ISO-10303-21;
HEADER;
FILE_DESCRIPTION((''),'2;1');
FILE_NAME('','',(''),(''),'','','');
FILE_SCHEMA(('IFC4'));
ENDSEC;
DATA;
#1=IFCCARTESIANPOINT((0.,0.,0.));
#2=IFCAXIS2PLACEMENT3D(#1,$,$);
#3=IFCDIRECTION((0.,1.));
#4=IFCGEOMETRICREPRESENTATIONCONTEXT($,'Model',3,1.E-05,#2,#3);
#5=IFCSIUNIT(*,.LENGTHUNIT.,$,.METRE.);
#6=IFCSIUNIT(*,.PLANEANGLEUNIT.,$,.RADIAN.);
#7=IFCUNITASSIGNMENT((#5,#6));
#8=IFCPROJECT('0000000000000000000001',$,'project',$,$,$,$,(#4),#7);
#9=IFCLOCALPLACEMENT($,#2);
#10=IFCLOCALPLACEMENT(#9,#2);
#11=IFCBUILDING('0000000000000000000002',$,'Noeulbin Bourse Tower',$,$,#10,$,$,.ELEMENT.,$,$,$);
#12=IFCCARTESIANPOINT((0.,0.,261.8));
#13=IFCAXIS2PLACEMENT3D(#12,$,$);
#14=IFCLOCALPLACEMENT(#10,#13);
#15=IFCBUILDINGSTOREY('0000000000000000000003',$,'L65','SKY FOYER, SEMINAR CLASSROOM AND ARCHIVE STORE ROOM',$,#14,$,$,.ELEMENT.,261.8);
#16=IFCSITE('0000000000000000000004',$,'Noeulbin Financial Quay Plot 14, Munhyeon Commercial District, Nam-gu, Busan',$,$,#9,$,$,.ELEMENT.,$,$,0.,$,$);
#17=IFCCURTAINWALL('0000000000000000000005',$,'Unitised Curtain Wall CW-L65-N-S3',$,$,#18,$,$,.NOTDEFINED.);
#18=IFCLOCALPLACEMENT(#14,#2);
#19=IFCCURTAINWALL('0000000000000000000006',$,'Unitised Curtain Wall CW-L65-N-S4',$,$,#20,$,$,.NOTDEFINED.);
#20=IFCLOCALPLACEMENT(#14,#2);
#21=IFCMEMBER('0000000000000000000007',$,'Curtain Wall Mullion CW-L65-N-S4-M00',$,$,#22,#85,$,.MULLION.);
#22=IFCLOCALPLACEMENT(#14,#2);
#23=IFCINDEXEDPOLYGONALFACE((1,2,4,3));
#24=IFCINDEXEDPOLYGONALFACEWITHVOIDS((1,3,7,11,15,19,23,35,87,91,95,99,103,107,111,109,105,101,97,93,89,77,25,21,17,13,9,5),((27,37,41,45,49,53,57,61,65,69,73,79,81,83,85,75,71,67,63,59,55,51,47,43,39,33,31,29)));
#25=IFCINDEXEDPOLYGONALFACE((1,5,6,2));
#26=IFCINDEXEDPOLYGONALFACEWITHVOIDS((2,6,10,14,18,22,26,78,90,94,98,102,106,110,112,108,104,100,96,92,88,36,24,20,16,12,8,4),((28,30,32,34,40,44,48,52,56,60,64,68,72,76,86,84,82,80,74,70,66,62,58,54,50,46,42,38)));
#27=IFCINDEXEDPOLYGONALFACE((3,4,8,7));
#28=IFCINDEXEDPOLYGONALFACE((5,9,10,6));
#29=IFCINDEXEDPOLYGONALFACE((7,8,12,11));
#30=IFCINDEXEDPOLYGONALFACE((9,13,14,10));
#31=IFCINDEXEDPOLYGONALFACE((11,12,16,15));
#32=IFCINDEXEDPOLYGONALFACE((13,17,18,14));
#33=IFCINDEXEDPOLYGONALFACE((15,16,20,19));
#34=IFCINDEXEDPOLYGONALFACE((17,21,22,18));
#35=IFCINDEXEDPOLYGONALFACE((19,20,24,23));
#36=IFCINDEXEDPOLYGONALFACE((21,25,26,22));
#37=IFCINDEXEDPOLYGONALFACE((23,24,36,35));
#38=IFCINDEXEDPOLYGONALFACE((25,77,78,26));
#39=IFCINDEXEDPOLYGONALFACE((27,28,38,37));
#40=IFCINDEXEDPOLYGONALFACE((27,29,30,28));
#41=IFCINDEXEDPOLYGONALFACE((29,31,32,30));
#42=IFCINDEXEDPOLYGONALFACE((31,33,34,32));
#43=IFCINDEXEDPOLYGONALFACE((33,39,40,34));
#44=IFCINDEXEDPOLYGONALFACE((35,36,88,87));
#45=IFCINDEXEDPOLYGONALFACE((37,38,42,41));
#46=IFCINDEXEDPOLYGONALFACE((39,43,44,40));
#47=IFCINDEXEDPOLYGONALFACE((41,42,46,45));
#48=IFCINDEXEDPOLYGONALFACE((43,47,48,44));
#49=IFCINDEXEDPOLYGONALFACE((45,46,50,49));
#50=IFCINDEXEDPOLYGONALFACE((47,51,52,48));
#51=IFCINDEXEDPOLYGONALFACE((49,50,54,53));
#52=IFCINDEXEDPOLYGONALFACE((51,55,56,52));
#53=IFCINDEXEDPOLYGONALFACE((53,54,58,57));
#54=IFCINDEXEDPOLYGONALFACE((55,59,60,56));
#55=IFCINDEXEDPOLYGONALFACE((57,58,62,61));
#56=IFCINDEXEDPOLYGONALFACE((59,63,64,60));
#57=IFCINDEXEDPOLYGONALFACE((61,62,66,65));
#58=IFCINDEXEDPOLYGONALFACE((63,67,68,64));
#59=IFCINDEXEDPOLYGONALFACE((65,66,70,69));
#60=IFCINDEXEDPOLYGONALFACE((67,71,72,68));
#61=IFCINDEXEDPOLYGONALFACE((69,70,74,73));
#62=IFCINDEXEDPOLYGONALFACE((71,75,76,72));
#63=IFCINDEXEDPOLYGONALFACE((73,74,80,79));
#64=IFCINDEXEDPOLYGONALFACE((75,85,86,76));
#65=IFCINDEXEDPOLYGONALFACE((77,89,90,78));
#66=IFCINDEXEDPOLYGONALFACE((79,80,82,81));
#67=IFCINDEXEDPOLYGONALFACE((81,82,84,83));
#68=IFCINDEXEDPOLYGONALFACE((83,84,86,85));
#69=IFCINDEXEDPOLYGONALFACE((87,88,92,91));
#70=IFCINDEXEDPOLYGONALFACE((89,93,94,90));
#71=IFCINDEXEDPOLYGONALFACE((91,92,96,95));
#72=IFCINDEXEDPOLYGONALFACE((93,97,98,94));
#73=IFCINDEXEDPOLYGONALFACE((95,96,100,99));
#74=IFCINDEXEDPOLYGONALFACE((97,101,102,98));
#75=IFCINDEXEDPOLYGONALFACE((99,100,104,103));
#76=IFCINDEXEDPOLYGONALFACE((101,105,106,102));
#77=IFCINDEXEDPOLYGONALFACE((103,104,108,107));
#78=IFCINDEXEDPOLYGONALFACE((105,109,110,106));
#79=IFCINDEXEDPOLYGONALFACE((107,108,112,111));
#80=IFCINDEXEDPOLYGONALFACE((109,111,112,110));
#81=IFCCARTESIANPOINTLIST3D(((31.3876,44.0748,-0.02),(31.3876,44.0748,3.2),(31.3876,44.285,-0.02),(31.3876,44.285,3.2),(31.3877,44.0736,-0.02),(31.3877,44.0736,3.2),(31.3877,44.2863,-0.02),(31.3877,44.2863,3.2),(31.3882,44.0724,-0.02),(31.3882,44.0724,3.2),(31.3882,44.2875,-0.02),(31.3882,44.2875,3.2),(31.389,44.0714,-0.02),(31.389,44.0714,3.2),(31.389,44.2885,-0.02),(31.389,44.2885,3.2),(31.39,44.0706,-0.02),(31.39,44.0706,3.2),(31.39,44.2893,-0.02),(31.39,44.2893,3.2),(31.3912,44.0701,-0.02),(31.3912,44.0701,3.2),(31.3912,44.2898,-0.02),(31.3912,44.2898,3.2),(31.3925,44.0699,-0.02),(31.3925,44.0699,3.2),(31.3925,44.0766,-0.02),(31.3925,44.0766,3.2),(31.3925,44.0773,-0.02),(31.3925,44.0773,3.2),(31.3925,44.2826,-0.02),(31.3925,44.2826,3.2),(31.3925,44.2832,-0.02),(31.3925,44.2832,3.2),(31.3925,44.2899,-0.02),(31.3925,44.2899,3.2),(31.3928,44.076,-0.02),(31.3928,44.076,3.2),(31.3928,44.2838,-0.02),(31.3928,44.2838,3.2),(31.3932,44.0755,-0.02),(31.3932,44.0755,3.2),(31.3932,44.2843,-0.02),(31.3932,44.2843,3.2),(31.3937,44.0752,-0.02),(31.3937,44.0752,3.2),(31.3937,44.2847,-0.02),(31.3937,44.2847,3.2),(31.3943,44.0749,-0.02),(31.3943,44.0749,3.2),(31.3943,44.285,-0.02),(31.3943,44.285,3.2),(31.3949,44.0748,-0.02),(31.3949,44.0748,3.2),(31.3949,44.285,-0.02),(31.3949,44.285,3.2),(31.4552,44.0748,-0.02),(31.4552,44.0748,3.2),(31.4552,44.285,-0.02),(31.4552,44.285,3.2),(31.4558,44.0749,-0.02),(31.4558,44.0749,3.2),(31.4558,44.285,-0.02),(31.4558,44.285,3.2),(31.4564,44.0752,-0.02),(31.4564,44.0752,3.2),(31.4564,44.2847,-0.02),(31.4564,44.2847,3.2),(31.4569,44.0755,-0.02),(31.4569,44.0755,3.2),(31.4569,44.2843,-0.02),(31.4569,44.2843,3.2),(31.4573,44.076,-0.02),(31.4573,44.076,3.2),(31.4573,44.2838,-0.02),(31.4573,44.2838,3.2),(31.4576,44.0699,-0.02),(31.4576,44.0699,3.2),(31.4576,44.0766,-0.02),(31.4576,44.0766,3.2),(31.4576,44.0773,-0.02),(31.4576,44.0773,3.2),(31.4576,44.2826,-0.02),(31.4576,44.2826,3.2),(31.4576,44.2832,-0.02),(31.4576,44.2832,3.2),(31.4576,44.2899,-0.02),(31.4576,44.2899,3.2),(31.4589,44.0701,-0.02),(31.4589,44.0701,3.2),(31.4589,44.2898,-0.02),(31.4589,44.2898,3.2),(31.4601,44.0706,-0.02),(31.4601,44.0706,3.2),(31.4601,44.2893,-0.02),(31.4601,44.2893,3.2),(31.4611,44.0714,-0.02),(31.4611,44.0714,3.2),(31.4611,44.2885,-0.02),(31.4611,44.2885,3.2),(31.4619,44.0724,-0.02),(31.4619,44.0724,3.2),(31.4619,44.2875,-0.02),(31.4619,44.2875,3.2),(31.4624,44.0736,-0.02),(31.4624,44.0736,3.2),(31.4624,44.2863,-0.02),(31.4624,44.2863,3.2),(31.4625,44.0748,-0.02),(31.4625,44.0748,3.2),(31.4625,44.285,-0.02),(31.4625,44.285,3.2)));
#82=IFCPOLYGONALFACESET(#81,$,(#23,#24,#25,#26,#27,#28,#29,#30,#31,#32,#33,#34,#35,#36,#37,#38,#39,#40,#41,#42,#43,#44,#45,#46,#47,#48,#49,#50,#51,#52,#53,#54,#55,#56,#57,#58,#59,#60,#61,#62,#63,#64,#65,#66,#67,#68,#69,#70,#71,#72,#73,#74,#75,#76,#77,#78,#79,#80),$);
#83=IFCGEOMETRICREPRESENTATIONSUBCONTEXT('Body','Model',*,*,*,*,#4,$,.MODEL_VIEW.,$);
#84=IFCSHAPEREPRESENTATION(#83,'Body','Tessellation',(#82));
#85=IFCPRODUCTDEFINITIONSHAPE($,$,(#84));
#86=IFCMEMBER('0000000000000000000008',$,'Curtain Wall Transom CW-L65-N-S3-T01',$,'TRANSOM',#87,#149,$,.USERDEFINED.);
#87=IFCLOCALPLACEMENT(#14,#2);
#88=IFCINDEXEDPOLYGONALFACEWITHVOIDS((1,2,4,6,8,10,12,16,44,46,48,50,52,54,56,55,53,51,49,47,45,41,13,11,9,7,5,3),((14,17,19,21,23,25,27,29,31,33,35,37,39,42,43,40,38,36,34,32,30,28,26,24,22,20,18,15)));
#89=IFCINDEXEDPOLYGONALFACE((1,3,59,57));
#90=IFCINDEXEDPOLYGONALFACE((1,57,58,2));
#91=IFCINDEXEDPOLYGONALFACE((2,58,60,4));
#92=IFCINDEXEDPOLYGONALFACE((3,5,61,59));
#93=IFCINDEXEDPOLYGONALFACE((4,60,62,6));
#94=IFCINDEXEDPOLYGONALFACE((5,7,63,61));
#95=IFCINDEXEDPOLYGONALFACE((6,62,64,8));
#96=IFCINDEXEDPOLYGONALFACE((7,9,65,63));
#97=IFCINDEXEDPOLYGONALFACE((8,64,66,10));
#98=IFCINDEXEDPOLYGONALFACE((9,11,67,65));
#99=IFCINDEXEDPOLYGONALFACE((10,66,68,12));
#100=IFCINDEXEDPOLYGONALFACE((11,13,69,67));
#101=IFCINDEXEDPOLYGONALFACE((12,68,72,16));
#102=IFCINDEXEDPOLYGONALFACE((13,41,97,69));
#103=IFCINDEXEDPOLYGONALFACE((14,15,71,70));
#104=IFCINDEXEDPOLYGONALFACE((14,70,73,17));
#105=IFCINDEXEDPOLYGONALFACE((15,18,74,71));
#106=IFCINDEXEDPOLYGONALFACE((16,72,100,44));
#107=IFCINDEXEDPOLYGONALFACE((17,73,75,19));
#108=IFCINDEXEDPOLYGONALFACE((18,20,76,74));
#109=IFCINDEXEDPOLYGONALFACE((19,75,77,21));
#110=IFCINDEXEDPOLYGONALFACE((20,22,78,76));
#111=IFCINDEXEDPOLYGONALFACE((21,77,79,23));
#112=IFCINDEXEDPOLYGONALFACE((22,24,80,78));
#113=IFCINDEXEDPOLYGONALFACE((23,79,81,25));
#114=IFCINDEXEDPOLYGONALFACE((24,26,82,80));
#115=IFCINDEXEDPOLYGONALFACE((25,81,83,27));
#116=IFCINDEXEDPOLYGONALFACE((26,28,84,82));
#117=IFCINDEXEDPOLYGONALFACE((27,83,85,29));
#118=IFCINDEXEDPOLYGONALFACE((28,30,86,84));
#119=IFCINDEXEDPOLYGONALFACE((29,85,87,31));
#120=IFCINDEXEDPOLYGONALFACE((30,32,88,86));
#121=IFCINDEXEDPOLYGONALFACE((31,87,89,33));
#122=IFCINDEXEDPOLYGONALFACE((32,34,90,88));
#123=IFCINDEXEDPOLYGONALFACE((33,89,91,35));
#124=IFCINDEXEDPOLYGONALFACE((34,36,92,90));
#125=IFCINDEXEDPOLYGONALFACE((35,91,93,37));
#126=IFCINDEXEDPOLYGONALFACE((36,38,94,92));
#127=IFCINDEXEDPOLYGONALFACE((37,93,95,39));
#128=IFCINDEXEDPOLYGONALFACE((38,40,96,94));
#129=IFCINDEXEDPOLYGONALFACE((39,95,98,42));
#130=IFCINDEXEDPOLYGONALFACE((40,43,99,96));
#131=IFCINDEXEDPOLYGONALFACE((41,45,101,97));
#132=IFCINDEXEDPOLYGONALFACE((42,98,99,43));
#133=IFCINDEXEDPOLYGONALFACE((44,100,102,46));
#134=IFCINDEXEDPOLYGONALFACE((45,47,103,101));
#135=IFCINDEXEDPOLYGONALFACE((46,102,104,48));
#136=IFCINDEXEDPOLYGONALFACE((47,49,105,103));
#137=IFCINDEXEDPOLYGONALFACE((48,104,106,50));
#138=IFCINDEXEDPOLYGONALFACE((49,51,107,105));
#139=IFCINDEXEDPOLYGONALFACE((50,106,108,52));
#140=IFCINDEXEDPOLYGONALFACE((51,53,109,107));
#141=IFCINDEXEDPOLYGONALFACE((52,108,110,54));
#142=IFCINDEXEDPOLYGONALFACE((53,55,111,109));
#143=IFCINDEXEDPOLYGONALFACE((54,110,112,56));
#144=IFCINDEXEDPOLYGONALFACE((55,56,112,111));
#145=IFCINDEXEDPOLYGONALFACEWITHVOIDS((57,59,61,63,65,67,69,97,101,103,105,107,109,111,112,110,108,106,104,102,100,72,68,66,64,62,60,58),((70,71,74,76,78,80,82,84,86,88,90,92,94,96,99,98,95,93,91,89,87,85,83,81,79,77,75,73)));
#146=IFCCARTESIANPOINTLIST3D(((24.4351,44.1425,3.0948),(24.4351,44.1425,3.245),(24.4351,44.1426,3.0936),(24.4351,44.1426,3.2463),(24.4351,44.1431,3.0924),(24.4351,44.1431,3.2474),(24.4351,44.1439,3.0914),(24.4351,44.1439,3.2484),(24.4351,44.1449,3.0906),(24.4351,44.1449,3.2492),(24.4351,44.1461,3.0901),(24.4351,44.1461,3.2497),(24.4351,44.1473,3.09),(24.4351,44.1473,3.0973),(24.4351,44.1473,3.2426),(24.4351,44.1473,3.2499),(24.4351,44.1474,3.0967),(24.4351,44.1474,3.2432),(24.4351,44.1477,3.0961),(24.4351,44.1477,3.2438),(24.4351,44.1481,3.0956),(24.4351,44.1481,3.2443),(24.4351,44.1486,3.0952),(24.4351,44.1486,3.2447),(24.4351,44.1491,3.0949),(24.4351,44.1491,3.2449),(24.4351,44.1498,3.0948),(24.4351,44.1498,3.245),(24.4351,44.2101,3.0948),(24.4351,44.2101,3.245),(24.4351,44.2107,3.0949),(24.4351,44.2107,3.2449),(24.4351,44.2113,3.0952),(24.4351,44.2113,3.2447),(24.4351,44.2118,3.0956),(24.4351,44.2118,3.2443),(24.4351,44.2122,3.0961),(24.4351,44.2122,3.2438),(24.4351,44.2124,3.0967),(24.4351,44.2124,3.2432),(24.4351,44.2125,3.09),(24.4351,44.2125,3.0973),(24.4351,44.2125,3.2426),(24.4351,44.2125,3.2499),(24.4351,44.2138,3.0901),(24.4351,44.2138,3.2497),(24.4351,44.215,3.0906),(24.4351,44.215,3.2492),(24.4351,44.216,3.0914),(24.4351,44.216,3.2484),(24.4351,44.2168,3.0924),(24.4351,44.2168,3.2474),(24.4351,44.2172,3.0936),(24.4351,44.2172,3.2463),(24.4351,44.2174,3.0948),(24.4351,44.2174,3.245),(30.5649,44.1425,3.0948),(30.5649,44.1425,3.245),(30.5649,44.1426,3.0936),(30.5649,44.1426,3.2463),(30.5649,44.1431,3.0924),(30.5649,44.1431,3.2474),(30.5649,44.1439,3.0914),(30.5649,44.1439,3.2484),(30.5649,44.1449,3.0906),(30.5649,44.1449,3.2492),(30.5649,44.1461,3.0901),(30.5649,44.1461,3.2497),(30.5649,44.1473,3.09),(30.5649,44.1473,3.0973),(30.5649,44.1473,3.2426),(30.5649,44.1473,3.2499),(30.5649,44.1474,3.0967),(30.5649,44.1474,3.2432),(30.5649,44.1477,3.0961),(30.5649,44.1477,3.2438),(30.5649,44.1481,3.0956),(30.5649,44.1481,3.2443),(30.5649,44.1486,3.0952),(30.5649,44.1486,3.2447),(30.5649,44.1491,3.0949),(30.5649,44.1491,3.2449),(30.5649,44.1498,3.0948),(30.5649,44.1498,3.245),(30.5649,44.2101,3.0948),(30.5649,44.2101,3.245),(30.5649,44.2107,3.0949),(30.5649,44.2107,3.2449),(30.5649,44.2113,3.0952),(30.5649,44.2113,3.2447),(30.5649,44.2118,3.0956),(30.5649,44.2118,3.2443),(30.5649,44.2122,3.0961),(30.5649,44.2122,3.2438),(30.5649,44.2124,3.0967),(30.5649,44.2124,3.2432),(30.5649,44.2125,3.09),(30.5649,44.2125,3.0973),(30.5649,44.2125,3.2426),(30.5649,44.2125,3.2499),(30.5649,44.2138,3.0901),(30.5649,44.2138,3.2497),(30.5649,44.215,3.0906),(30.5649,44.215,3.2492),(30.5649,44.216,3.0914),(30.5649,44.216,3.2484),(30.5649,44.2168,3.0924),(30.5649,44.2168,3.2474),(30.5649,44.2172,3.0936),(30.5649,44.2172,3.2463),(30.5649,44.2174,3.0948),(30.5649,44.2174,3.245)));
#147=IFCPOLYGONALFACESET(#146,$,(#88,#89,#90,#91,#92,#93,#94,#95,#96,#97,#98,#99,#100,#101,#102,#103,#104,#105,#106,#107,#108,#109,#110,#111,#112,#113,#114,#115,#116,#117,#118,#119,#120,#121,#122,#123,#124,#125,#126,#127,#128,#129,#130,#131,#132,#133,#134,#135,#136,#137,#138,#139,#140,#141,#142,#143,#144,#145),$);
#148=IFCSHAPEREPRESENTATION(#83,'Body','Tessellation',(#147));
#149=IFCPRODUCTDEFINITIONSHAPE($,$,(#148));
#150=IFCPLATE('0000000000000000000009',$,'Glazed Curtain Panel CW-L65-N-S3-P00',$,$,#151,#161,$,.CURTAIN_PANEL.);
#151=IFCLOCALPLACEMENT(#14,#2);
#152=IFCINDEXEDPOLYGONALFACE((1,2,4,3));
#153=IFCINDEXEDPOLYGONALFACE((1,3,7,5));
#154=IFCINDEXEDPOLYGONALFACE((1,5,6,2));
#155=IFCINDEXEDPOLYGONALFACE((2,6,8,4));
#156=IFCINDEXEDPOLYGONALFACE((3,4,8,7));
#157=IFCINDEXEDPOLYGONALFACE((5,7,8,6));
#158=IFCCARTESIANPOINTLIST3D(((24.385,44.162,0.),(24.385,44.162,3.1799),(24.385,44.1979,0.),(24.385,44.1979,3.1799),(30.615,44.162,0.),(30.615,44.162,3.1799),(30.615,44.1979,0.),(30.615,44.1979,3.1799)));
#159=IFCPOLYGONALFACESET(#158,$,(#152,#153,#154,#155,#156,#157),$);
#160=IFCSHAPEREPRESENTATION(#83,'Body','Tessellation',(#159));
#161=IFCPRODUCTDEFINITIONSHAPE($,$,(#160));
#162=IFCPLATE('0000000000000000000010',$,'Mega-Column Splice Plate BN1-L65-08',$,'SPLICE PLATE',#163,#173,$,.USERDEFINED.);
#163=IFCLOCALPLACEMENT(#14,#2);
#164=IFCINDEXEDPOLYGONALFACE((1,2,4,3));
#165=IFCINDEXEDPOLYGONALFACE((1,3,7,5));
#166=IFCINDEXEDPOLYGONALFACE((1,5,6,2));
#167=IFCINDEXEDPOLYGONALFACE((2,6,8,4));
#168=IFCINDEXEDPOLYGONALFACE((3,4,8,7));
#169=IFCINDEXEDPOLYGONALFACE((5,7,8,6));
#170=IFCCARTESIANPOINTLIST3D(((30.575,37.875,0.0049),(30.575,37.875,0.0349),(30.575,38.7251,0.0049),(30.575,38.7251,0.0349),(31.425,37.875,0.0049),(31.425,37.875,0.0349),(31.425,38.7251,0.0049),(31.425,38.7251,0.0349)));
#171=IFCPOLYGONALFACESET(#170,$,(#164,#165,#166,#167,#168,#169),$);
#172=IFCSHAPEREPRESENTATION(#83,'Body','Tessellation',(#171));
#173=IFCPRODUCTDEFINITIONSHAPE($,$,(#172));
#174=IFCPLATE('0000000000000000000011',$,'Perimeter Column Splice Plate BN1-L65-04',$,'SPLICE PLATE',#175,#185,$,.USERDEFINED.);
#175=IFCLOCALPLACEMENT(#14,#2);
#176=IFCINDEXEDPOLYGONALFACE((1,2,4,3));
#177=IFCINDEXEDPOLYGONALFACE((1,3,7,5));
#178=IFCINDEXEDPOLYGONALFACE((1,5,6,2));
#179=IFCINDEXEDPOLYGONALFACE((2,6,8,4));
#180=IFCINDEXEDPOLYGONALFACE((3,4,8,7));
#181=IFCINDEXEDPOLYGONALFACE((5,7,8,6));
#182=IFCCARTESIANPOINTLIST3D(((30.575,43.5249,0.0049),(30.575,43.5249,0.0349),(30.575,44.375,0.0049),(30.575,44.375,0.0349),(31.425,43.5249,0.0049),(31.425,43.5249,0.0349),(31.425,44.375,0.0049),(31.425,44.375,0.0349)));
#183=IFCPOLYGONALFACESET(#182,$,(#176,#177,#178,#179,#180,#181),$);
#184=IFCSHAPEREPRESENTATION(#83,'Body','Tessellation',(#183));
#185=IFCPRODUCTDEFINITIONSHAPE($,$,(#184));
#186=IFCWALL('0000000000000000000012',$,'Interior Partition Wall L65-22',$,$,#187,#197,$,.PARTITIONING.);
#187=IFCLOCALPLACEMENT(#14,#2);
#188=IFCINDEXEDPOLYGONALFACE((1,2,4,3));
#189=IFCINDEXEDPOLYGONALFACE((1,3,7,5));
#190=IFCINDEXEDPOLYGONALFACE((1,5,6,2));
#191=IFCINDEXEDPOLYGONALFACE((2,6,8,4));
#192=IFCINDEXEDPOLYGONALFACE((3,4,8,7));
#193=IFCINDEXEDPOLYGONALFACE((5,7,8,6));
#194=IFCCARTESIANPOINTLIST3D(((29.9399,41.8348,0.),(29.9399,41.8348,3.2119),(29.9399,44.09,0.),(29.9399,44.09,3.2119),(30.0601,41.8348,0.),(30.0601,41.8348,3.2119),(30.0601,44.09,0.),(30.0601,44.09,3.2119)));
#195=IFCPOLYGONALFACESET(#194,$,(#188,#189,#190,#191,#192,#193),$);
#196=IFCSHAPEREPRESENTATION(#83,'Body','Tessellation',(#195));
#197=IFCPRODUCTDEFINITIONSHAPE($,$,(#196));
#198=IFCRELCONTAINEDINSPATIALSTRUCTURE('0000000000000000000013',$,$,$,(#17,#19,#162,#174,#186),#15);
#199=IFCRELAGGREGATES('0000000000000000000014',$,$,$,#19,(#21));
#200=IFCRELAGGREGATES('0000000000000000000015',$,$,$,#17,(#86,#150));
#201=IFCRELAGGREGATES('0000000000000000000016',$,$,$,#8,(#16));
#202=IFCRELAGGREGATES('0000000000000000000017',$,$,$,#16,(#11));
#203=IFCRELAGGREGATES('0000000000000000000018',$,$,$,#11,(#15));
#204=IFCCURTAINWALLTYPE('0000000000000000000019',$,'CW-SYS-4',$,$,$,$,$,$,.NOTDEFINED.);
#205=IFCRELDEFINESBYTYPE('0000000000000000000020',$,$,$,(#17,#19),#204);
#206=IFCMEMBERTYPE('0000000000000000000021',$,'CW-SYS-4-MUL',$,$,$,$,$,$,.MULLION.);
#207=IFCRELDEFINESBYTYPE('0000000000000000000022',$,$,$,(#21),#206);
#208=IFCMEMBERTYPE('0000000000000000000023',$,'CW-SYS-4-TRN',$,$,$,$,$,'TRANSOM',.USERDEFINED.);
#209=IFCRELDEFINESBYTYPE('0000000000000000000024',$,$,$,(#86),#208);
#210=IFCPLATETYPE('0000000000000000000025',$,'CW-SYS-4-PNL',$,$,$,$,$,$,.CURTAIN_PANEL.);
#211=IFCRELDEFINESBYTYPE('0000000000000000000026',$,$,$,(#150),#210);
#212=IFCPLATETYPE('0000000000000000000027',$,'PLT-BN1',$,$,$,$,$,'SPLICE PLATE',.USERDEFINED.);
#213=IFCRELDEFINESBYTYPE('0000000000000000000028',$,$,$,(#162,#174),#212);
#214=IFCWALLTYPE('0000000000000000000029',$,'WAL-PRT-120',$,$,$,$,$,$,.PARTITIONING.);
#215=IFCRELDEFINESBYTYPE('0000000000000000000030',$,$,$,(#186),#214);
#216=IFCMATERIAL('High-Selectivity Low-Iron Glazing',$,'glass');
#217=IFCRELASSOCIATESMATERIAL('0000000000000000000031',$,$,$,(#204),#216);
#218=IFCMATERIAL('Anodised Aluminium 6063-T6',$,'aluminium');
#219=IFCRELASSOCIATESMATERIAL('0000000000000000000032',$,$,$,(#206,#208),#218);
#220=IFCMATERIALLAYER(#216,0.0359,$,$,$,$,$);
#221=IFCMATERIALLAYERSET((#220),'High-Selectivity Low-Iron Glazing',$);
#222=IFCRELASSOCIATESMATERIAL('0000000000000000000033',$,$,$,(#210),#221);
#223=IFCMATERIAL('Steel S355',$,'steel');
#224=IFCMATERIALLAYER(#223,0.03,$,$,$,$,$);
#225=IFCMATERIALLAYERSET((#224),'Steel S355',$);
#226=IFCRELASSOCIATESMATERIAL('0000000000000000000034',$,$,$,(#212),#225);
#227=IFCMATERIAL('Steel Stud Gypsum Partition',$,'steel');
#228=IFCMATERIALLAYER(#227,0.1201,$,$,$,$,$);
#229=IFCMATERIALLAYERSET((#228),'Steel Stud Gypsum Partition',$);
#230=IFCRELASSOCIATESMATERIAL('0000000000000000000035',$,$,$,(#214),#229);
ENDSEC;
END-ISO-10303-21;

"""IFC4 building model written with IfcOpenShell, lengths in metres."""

from ifc_helpers import new_model, si_unit, direction, frame, frame_2d, origin, origin_2d, place, context, subcontext, project, spatial, rectangle, hollow_rectangle, extrude, material, layer, layer_set, material_profile, profile_set, type_object, element, aggregate, save


model = new_model("IFC4")

# Units and contexts
model_context = context("Model", 3, precision=1e-05, world=origin(), true_north=direction((0.0, 1.0)))
body_context = subcontext(model_context, "Body", "Model", "MODEL_VIEW")
ifc_project = project(units=[si_unit("LENGTHUNIT", "METRE"), si_unit("PLANEANGLEUNIT", "RADIAN")], contexts=[model_context])

# Site, building, storey
site_placement = place(None, origin())
site = spatial("IfcSite", under=ifc_project, at=site_placement, Name="Noeulbin Financial Quay Plot 14, Munhyeon Commercial District, Nam-gu, Busan", CompositionType="ELEMENT", RefElevation=0.0)
building_placement = place(site_placement, origin())
building = spatial("IfcBuilding", under=site, at=building_placement, Name="Noeulbin Bourse Tower", CompositionType="ELEMENT")
storey_placement = place(building_placement, frame((0.0, 0.0, 261.8)))
storey = spatial("IfcBuildingStorey", under=building, at=storey_placement, Name="L65", Description="SKY FOYER, SEMINAR CLASSROOM AND ARCHIVE STORE ROOM", CompositionType="ELEMENT", Elevation=261.8)

# Shared definitions
ifc_material_1 = material(Name="Steel S355", Category="steel")

# Curtain walls, member
ifc_material_2 = material(Name="High-Selectivity Low-Iron Glazing", Category="glass")
curtain_wall_type = type_object("IfcCurtainWallType", Name="CW-SYS-4", PredefinedType="NOTDEFINED", material=ifc_material_2)
curtain_wall_1_placement = place(storey_placement, origin())
curtain_wall_1 = element("IfcCurtainWall", 1, at=curtain_wall_1_placement, inside=storey, type_object=curtain_wall_type, Name="Unitised Curtain Wall CW-L65-N-S3", PredefinedType="NOTDEFINED")
ifc_material_3 = material(Name="Anodised Aluminium 6063-T6", Category="aluminium")
ifc_material_profile_1 = material_profile(ifc_material_3, hollow_rectangle(XDim=0.075, YDim=0.22, WallThickness=0.0049, InnerFilletRadius=0.0024, OuterFilletRadius=0.0049, at=origin_2d()), Name="ALU-MULL-75x220x5", Category="LoadBearing")
ifc_profile_set_1 = profile_set([ifc_material_profile_1], Name="Anodised Aluminium 6063-T6")
member_type_1 = type_object("IfcMemberType", Name="CW-SYS-4-MUL", PredefinedType="MULLION", material=ifc_profile_set_1)
curtain_wall_2_placement = place(storey_placement, origin())
curtain_wall_2 = element("IfcCurtainWall", 2, at=curtain_wall_2_placement, inside=storey, type_object=curtain_wall_type, Name="Unitised Curtain Wall CW-L65-N-S4", PredefinedType="NOTDEFINED")
member_1_placement = place(storey_placement, frame((31.425, 44.1799, -0.02), z_axis=(0.0, 0.0, 1.0), x_axis=(1.0, 0.0, 0.0)))
member_1 = element("IfcMember", 3, at=member_1_placement, type_object=member_type_1, Name="Curtain Wall Mullion CW-L65-N-S4-M00", PredefinedType="MULLION", context=body_context, shape_type="SweptSolid", body=[
    extrude(hollow_rectangle(XDim=0.075, YDim=0.22, WallThickness=0.0049, InnerFilletRadius=0.0024, OuterFilletRadius=0.0049, at=origin_2d()), origin(), (0.0, 0.0, 1.0), 3.22),
])
aggregate(curtain_wall_2, [member_1])

# Member
ifc_material_profile_2 = material_profile(ifc_material_3, hollow_rectangle(XDim=0.075, YDim=0.1599, WallThickness=0.0049, InnerFilletRadius=0.0024, OuterFilletRadius=0.0049, at=origin_2d()), Name="ALU-TRAN-75x160x5", Category="LoadBearing")
ifc_profile_set_2 = profile_set([ifc_material_profile_2], Name="Anodised Aluminium 6063-T6")
member_type_2 = type_object("IfcMemberType", Name="CW-SYS-4-TRN", ElementType="TRANSOM", PredefinedType="USERDEFINED", material=ifc_profile_set_2)
member_2_placement = place(storey_placement, frame((24.4351, 44.1799, 3.1699), z_axis=(1.0, 0.0, 0.0), x_axis=(0.0, 1.0, 0.0)))
member_2 = element("IfcMember", 4, at=member_2_placement, type_object=member_type_2, Name="Curtain Wall Transom CW-L65-N-S3-T01", ObjectType="TRANSOM", PredefinedType="USERDEFINED", context=body_context, shape_type="SweptSolid", body=[
    extrude(hollow_rectangle(XDim=0.075, YDim=0.1599, WallThickness=0.0049, InnerFilletRadius=0.0024, OuterFilletRadius=0.0049, at=origin_2d()), origin(), (0.0, 0.0, 1.0), 6.1299),
])

# Plate
ifc_layer_1 = layer(ifc_material_2, 0.0359)
ifc_layer_set_1 = layer_set([ifc_layer_1], Name="High-Selectivity Low-Iron Glazing")
plate_type_1 = type_object("IfcPlateType", Name="CW-SYS-4-PNL", PredefinedType="CURTAIN_PANEL", material=ifc_layer_set_1)
plate_placement = place(storey_placement, frame((27.5, 44.1799, 0.0), z_axis=(0.0, 0.0, 1.0), x_axis=(1.0, 0.0, 0.0)))
plate = element("IfcPlate", 5, at=plate_placement, type_object=plate_type_1, Name="Glazed Curtain Panel CW-L65-N-S3-P00", PredefinedType="CURTAIN_PANEL", context=body_context, shape_type="SweptSolid", body=[
    extrude(rectangle(XDim=6.23, YDim=0.0359, at=origin_2d()), origin(), (0.0, 0.0, 1.0), 3.1799),
])
aggregate(curtain_wall_1, [member_2, plate])

# Plates
ifc_layer_2 = layer(ifc_material_1, 0.03)
ifc_layer_set_2 = layer_set([ifc_layer_2], Name="Steel S355")
plate_type_2 = type_object("IfcPlateType", Name="PLT-BN1", ElementType="SPLICE PLATE", PredefinedType="USERDEFINED", material=ifc_layer_set_2)
for number, where, z_axis, x_axis, name in (
    (6, (31.0, 38.3, 0.0049), (0.0, 0.0, 1.0), (1.0, 0.0, 0.0), "Mega-Column Splice Plate BN1-L65-08"),
    (7, (31.0, 43.95, 0.0049), (0.0, 0.0, 1.0), (1.0, 0.0, 0.0), "Perimeter Column Splice Plate BN1-L65-04"),
):
    element("IfcPlate", number, at=place(storey_placement, frame(where, z_axis=z_axis, x_axis=x_axis)), inside=storey, type_object=plate_type_2, Name=name, ObjectType="SPLICE PLATE", PredefinedType="USERDEFINED", context=body_context, shape_type="SweptSolid", body=[
        extrude(rectangle(XDim=0.8501, YDim=0.8501, at=origin_2d()), origin(), (0.0, 0.0, 1.0), 0.03),
    ])

# Wall
ifc_material_4 = material(Name="Steel Stud Gypsum Partition", Category="steel")
ifc_layer_3 = layer(ifc_material_4, 0.1201)
ifc_layer_set_3 = layer_set([ifc_layer_3], Name="Steel Stud Gypsum Partition")
wall_type = type_object("IfcWallType", Name="WAL-PRT-120", PredefinedType="PARTITIONING", material=ifc_layer_set_3)
wall_placement = place(storey_placement, frame((30.0, 41.835, 0.0), z_axis=(0.0, 0.0, 1.0), x_axis=(0.0, 1.0, 0.0)))
element("IfcWall", 8, at=wall_placement, inside=storey, type_object=wall_type, Name="Interior Partition Wall L65-22", PredefinedType="PARTITIONING", context=body_context, shape_type="SweptSolid", body=[
    extrude(rectangle(XDim=2.2551, YDim=0.1201, at=frame_2d((1.1274, 0.0))), origin(), (0.0, 0.0, 1.0), 3.2119),
])

save(model, "model.ifc")
